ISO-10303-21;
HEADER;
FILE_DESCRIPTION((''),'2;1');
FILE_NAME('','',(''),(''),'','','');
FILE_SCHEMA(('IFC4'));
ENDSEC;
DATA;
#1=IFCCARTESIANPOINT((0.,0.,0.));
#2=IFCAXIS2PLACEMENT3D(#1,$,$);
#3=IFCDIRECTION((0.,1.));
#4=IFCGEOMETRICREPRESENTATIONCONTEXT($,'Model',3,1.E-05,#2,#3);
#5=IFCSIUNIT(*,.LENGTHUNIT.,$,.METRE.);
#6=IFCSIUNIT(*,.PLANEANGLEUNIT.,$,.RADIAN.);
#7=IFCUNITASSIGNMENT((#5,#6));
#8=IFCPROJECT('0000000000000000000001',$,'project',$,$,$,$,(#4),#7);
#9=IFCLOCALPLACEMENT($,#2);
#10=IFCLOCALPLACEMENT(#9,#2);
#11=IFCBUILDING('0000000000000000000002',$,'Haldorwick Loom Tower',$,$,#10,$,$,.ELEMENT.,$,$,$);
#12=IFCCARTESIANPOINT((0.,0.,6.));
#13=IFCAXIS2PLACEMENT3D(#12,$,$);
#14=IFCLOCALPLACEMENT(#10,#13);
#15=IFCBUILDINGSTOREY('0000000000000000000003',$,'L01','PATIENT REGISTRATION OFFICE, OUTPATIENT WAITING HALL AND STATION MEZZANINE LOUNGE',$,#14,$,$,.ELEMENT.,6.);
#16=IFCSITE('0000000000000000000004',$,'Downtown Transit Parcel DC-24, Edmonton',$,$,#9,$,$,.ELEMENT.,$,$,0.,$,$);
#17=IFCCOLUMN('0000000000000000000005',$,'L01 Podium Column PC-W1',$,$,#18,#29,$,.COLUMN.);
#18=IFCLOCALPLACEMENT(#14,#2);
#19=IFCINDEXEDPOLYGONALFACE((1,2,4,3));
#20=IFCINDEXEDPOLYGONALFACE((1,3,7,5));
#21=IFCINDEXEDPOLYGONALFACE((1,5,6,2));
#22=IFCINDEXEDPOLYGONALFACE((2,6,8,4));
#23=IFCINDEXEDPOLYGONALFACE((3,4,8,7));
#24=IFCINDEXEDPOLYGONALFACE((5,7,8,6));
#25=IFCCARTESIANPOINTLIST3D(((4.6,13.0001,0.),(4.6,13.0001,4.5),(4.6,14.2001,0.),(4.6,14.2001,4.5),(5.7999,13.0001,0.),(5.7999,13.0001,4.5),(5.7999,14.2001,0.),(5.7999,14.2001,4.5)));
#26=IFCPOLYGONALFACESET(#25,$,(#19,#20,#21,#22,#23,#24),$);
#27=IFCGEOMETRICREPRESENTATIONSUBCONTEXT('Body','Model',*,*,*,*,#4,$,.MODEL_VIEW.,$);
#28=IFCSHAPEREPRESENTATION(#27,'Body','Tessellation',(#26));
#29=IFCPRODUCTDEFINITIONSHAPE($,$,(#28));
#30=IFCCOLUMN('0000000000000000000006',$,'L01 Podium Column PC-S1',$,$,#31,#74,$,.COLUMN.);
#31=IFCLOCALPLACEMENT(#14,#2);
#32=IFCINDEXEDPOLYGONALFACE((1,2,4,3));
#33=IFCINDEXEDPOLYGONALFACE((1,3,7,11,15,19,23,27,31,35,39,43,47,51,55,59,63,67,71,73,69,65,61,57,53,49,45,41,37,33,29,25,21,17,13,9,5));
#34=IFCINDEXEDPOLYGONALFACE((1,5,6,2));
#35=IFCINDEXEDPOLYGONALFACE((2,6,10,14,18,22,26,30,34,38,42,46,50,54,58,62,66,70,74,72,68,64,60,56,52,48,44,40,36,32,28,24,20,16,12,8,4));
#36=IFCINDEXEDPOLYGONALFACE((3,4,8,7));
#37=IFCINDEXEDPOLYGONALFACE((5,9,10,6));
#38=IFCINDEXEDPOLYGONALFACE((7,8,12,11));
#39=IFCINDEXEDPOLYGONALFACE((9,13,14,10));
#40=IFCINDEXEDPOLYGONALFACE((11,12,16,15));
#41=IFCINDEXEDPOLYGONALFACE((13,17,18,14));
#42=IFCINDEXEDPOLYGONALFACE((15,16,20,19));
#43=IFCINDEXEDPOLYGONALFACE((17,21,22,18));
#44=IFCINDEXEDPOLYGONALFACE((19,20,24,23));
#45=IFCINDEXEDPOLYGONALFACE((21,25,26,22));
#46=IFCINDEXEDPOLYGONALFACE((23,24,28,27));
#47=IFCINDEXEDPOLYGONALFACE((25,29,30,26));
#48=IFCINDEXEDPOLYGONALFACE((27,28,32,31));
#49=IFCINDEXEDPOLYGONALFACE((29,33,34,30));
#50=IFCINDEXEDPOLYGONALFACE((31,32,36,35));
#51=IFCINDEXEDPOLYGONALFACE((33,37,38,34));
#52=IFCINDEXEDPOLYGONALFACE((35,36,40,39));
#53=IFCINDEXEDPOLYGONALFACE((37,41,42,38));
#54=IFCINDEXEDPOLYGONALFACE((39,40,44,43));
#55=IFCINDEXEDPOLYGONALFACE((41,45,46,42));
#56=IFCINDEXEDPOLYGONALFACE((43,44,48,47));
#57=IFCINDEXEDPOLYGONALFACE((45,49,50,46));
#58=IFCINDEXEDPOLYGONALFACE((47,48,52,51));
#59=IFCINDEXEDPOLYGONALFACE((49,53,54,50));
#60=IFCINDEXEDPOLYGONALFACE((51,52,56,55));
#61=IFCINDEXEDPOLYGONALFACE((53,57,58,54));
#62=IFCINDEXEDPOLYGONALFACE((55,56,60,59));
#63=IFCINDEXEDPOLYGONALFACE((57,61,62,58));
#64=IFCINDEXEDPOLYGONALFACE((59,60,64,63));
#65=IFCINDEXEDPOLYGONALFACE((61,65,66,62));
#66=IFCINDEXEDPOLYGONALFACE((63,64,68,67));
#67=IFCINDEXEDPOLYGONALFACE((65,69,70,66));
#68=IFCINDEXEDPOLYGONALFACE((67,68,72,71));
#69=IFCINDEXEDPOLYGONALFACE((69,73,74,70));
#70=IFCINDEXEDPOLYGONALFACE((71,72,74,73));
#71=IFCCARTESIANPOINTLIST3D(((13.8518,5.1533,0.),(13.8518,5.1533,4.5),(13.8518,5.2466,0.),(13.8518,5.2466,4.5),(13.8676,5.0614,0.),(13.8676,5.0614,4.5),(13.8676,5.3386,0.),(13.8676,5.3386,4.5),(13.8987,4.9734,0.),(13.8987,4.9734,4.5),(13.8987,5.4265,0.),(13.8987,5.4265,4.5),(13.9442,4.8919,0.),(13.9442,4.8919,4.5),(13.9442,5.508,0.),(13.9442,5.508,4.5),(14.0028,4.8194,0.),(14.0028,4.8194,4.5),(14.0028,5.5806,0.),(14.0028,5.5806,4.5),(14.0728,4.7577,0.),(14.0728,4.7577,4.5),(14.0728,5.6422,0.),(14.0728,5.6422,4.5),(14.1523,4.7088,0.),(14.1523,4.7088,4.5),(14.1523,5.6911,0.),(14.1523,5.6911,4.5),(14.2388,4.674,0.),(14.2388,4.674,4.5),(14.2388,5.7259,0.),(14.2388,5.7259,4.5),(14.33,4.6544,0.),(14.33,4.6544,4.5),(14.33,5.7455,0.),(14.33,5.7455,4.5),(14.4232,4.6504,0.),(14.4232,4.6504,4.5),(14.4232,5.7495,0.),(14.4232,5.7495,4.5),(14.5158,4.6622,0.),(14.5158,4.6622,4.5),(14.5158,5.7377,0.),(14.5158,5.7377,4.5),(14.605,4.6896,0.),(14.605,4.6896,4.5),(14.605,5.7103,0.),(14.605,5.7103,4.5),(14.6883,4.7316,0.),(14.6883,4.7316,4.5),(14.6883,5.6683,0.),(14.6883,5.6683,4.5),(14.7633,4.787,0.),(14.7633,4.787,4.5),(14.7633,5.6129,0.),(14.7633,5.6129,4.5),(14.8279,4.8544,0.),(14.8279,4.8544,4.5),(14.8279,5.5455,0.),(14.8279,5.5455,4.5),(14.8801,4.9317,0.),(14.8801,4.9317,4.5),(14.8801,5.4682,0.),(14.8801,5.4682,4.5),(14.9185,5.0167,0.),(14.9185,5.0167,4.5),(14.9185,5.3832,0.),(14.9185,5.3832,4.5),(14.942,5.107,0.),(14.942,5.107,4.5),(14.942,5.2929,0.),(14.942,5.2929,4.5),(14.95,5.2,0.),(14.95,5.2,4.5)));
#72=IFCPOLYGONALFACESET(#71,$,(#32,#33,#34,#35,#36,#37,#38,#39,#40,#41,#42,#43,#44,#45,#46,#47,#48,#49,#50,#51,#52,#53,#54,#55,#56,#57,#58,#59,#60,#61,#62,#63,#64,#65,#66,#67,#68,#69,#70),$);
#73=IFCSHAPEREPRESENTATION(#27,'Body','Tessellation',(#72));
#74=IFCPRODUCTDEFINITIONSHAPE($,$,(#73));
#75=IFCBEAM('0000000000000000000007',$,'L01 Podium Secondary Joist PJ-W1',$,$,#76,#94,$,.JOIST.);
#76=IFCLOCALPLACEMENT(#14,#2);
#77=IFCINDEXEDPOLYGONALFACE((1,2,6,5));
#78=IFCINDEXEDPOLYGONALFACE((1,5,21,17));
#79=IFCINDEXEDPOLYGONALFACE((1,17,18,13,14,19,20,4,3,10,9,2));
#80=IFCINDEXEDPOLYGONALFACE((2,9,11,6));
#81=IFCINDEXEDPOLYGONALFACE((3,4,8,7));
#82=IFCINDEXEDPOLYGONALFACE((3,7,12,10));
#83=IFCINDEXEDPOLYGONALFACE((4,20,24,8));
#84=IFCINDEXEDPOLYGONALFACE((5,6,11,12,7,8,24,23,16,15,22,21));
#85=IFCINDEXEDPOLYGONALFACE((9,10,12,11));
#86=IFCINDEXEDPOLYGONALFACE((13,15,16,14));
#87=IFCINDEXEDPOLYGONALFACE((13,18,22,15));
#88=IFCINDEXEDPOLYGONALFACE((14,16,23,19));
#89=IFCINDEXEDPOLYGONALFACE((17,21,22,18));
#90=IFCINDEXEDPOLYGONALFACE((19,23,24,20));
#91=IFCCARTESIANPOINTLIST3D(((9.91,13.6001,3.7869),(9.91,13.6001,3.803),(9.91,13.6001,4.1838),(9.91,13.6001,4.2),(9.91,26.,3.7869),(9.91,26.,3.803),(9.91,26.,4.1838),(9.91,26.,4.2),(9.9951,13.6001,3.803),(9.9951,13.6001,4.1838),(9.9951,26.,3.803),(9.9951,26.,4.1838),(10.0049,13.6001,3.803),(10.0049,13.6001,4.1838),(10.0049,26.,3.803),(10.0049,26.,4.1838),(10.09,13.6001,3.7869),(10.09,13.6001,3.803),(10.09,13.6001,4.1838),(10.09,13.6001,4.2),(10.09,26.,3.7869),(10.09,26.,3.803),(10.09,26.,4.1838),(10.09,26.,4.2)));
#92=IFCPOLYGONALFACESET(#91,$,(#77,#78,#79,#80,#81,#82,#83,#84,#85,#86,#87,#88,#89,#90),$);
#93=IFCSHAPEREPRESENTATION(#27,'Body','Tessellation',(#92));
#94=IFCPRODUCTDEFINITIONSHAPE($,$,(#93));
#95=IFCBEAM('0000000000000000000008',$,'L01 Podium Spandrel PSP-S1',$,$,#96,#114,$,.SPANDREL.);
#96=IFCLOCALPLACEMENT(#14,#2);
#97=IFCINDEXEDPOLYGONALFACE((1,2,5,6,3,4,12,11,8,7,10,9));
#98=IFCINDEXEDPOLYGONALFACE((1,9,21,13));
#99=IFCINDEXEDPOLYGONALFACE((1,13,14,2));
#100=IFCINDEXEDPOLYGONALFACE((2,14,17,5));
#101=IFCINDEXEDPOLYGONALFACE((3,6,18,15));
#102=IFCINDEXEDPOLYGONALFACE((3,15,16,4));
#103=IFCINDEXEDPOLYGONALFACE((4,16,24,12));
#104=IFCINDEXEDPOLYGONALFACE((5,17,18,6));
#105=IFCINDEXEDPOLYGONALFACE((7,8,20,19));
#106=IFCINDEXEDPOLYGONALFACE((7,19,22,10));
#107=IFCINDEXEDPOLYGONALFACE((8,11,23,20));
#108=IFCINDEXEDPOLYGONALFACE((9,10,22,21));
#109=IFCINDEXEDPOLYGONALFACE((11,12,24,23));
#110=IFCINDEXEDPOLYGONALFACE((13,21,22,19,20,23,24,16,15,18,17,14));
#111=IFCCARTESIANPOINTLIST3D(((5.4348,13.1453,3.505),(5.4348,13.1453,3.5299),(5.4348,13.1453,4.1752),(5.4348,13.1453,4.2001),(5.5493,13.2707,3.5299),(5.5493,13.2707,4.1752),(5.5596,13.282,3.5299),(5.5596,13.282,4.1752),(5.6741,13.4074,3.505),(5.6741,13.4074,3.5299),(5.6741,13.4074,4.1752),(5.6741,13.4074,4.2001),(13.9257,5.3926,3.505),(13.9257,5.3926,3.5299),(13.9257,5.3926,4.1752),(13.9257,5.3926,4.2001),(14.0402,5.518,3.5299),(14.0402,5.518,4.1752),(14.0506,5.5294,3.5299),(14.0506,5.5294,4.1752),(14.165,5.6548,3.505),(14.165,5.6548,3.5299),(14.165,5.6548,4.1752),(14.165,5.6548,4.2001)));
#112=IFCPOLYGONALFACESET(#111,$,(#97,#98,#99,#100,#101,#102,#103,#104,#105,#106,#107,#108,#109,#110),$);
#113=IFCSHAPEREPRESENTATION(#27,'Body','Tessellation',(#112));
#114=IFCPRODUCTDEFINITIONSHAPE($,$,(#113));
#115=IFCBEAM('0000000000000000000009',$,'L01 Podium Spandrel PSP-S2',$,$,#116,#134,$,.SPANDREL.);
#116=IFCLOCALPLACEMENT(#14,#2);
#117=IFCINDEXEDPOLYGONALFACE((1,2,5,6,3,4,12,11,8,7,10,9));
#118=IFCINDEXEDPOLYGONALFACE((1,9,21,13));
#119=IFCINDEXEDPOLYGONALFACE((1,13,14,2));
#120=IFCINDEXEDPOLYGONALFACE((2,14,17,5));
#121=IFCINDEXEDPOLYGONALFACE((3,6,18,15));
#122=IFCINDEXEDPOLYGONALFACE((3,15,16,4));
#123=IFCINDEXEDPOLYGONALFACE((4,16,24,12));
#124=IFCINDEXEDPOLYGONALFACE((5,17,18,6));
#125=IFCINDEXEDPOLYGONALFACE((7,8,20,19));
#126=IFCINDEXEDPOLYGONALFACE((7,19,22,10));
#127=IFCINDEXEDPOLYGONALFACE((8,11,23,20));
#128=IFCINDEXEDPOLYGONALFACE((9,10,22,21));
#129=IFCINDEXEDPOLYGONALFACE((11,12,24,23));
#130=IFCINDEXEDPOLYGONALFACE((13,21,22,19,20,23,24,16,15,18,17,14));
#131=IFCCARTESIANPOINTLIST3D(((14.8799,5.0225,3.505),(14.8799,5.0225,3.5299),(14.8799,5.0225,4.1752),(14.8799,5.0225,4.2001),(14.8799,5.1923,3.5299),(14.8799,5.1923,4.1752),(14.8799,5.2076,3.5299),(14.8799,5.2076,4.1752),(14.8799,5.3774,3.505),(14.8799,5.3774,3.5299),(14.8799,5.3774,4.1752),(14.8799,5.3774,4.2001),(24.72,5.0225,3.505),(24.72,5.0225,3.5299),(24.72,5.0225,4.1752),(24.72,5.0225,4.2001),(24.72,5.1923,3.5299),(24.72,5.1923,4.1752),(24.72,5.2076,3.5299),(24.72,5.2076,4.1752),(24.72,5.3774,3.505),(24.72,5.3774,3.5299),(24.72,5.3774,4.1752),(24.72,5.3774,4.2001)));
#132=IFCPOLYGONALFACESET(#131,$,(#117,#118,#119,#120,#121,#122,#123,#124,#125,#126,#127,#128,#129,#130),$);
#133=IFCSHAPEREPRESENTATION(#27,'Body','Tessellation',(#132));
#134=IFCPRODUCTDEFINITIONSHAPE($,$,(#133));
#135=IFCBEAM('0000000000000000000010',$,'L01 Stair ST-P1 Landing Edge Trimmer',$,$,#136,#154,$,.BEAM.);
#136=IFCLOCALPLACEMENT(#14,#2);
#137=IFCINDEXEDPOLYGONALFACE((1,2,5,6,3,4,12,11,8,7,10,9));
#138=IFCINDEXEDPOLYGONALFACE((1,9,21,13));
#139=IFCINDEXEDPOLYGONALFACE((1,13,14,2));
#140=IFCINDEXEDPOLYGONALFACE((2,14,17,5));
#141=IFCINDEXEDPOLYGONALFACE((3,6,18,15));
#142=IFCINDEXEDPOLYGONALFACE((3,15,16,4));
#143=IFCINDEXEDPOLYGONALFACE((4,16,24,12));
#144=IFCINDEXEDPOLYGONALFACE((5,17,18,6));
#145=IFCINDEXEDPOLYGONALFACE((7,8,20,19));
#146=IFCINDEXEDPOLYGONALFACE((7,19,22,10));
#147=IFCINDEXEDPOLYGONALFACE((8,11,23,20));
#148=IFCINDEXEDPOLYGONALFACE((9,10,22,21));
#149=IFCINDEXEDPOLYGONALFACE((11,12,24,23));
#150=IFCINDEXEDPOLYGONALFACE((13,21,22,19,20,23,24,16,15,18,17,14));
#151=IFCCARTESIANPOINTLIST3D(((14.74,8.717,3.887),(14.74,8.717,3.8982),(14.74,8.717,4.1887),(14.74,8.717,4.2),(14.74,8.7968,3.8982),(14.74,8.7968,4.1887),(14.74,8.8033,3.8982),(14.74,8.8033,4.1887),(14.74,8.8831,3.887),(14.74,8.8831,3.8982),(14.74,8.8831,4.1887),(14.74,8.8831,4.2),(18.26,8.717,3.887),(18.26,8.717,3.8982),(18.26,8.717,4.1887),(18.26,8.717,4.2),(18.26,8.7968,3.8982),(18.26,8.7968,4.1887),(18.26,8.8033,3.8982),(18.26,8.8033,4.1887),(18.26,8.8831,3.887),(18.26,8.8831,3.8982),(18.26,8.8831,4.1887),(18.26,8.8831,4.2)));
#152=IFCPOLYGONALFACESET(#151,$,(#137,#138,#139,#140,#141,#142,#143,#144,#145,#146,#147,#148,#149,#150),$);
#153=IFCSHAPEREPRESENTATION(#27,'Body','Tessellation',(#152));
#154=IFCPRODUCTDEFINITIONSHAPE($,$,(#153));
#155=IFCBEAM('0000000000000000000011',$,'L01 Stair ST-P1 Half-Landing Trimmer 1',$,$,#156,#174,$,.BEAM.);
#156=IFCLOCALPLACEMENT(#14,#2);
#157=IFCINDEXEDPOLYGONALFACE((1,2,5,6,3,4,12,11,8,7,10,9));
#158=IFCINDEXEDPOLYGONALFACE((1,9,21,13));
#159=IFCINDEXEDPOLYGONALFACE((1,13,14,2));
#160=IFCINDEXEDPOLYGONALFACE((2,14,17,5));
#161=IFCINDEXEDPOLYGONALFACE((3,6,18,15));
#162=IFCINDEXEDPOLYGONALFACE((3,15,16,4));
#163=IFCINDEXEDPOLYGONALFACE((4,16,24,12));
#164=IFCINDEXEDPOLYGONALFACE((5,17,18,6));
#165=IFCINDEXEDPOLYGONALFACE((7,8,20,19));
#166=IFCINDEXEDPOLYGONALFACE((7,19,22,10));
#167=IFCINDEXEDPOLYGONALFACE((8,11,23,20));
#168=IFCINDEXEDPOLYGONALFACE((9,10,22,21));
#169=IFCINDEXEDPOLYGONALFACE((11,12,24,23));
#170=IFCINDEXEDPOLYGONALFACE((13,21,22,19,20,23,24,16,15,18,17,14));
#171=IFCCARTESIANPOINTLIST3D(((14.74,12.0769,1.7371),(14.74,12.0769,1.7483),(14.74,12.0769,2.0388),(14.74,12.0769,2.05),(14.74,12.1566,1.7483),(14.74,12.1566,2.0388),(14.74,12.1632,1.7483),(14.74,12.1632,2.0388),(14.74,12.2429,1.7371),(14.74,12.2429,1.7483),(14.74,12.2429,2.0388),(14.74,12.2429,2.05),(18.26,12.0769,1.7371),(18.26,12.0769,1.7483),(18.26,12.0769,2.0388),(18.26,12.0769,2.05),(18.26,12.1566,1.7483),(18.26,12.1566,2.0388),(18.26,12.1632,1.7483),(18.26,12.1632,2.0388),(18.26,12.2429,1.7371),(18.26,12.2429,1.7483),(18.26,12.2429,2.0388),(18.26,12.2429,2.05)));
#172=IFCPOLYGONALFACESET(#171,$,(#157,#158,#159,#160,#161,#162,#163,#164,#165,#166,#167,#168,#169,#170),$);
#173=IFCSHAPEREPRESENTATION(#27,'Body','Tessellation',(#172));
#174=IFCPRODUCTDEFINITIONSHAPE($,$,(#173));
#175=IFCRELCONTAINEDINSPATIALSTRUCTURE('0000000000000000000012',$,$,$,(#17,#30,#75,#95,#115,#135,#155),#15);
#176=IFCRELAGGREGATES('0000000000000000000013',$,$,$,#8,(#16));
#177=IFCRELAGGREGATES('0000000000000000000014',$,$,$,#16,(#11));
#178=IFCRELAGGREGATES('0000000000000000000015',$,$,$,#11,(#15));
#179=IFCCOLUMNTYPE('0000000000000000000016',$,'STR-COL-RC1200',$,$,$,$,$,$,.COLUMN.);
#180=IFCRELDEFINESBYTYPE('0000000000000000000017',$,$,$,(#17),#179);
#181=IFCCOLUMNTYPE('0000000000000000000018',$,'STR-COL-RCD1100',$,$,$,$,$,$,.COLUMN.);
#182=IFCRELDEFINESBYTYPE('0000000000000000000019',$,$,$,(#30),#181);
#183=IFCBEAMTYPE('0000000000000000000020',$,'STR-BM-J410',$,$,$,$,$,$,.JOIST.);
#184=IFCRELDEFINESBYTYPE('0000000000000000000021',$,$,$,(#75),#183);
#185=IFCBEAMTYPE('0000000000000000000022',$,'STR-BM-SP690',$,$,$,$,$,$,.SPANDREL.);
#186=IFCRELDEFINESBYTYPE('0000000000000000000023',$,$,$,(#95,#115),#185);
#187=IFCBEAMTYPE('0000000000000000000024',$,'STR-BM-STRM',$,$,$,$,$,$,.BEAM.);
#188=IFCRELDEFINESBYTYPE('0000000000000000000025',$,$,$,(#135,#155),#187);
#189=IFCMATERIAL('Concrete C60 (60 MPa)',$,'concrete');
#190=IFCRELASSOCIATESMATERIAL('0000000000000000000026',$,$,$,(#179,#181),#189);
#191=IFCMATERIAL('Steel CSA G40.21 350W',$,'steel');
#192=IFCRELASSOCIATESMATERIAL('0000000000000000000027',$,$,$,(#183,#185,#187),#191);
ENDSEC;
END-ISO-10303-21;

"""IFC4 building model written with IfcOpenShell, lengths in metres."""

from ifc_helpers import new_model, si_unit, direction, frame, origin, origin_2d, place, context, subcontext, project, spatial, rectangle, circle, i_section, extrude, material, material_profile, profile_set, type_object, element, save


model = new_model("IFC4")

# Units and contexts
model_context = context("Model", 3, precision=1e-05, world=origin(), true_north=direction((0.0, 1.0)))
body_context = subcontext(model_context, "Body", "Model", "MODEL_VIEW")
ifc_project = project(units=[si_unit("LENGTHUNIT", "METRE"), si_unit("PLANEANGLEUNIT", "RADIAN")], contexts=[model_context])

# Site, building, storey
site_placement = place(None, origin())
site = spatial("IfcSite", under=ifc_project, at=site_placement, Name="Downtown Transit Parcel DC-24, Edmonton", CompositionType="ELEMENT", RefElevation=0.0)
building_placement = place(site_placement, origin())
building = spatial("IfcBuilding", under=site, at=building_placement, Name="Haldorwick Loom Tower", CompositionType="ELEMENT")
storey_placement = place(building_placement, frame((0.0, 0.0, 6.0)))
storey = spatial("IfcBuildingStorey", under=building, at=storey_placement, Name="L01", Description="PATIENT REGISTRATION OFFICE, OUTPATIENT WAITING HALL AND STATION MEZZANINE LOUNGE", CompositionType="ELEMENT", Elevation=6.0)

# Columns
ifc_material_1 = material(Name="Concrete C60 (60 MPa)", Category="concrete")
ifc_material_profile_1 = material_profile(ifc_material_1, rectangle(XDim=1.2, YDim=1.2, at=origin_2d()), Name="RC1200X1200", Category="concrete")
ifc_profile_set_1 = profile_set([ifc_material_profile_1], Name="Concrete C60 (60 MPa)")
column_type_1 = type_object("IfcColumnType", Name="STR-COL-RC1200", PredefinedType="COLUMN", material=ifc_profile_set_1)
column_1_placement = place(storey_placement, frame((5.2, 13.6001, 0.0), z_axis=(0.0, 0.0, 1.0), x_axis=(1.0, 0.0, 0.0)))
element("IfcColumn", 1, at=column_1_placement, inside=storey, type_object=column_type_1, Name="L01 Podium Column PC-W1", PredefinedType="COLUMN", context=body_context, shape_type="SweptSolid", body=[
    extrude(rectangle(XDim=1.2, YDim=1.2, at=origin_2d()), origin(), (0.0, 0.0, 1.0), 4.5),
])
ifc_material_profile_2 = material_profile(ifc_material_1, circle(Radius=0.55, at=origin_2d()), Name="RCD1100", Category="concrete")
ifc_profile_set_2 = profile_set([ifc_material_profile_2], Name="Concrete C60 (60 MPa)")
column_type_2 = type_object("IfcColumnType", Name="STR-COL-RCD1100", PredefinedType="COLUMN", material=ifc_profile_set_2)
column_2_placement = place(storey_placement, frame((14.3999, 5.2, 0.0), z_axis=(0.0, 0.0, 1.0), x_axis=(1.0, 0.0, 0.0)))
element("IfcColumn", 2, at=column_2_placement, inside=storey, type_object=column_type_2, Name="L01 Podium Column PC-S1", PredefinedType="COLUMN", context=body_context, shape_type="SweptSolid", body=[
    extrude(circle(Radius=0.55, at=origin_2d()), origin(), (0.0, 0.0, 1.0), 4.5),
])

# Beams
ifc_material_2 = material(Name="Steel CSA G40.21 350W", Category="steel")
ifc_material_profile_3 = material_profile(ifc_material_2, i_section(OverallWidth=0.1799, OverallDepth=0.4131, WebThickness=0.0098, FlangeThickness=0.0161, at=origin_2d()), Name="W410X74", Category="steel")
ifc_profile_set_3 = profile_set([ifc_material_profile_3], Name="Steel CSA G40.21 350W")
beam_type_1 = type_object("IfcBeamType", Name="STR-BM-J410", PredefinedType="JOIST", material=ifc_profile_set_3)
beam_1_placement = place(storey_placement, frame((10.0, 13.6001, 3.9934), z_axis=(0.0, 1.0, 0.0), x_axis=(-1.0, 0.0, 0.0)))
element("IfcBeam", 3, at=beam_1_placement, inside=storey, type_object=beam_type_1, Name="L01 Podium Secondary Joist PJ-W1", PredefinedType="JOIST", context=body_context, shape_type="SweptSolid", body=[
    extrude(i_section(OverallWidth=0.1799, OverallDepth=0.4131, WebThickness=0.0098, FlangeThickness=0.0161, at=origin_2d()), origin(), (0.0, 0.0, 1.0), 12.3999),
])
ifc_material_profile_4 = material_profile(ifc_material_2, i_section(OverallWidth=0.355, OverallDepth=0.6951, WebThickness=0.0154, FlangeThickness=0.0249, at=origin_2d()), Name="W690X217", Category="steel")
ifc_profile_set_4 = profile_set([ifc_material_profile_4], Name="Steel CSA G40.21 350W")
beam_type_2 = type_object("IfcBeamType", Name="STR-BM-SP690", PredefinedType="SPANDREL", material=ifc_profile_set_4)
beam_2_placement = place(storey_placement, frame((5.5544, 13.2764, 3.8525), z_axis=(0.738483, -0.674272, 0.0), x_axis=(0.674272, 0.738483, 0.0)))
element("IfcBeam", 4, at=beam_2_placement, inside=storey, type_object=beam_type_2, Name="L01 Podium Spandrel PSP-S1", PredefinedType="SPANDREL", context=body_context, shape_type="SweptSolid", body=[
    extrude(i_section(OverallWidth=0.355, OverallDepth=0.6951, WebThickness=0.0154, FlangeThickness=0.0249, at=origin_2d()), origin(), (0.0, 0.0, 1.0), 11.4978),
])
beam_3_placement = place(storey_placement, frame((14.8799, 5.2, 3.8525), z_axis=(1.0, 0.0, 0.0), x_axis=(0.0, 1.0, 0.0)))
element("IfcBeam", 5, at=beam_3_placement, inside=storey, type_object=beam_type_2, Name="L01 Podium Spandrel PSP-S2", PredefinedType="SPANDREL", context=body_context, shape_type="SweptSolid", body=[
    extrude(i_section(OverallWidth=0.355, OverallDepth=0.6951, WebThickness=0.0154, FlangeThickness=0.0249, at=origin_2d()), origin(), (0.0, 0.0, 1.0), 9.8401),
])
ifc_material_profile_5 = material_profile(ifc_material_2, i_section(OverallWidth=0.166, OverallDepth=0.313, WebThickness=0.0066, FlangeThickness=0.0112, at=origin_2d()), Name="W310X45", Category="steel")
ifc_profile_set_5 = profile_set([ifc_material_profile_5], Name="Steel CSA G40.21 350W")
beam_type_3 = type_object("IfcBeamType", Name="STR-BM-STRM", PredefinedType="BEAM", material=ifc_profile_set_5)
for number, where, z_axis, x_axis, name in (
    (6, (14.74, 8.8, 4.0435), (1.0, 0.0, 0.0), (0.0, 1.0, 0.0), "L01 Stair ST-P1 Landing Edge Trimmer"),
    (7, (14.74, 12.1599, 1.8936), (1.0, 0.0, 0.0), (0.0, 1.0, 0.0), "L01 Stair ST-P1 Half-Landing Trimmer 1"),
):
    element("IfcBeam", number, at=place(storey_placement, frame(where, z_axis=z_axis, x_axis=x_axis)), inside=storey, type_object=beam_type_3, Name=name, PredefinedType="BEAM", context=body_context, shape_type="SweptSolid", body=[
        extrude(i_section(OverallWidth=0.166, OverallDepth=0.313, WebThickness=0.0066, FlangeThickness=0.0112, at=origin_2d()), origin(), (0.0, 0.0, 1.0), 3.52),
    ])

save(model, "model.ifc")
